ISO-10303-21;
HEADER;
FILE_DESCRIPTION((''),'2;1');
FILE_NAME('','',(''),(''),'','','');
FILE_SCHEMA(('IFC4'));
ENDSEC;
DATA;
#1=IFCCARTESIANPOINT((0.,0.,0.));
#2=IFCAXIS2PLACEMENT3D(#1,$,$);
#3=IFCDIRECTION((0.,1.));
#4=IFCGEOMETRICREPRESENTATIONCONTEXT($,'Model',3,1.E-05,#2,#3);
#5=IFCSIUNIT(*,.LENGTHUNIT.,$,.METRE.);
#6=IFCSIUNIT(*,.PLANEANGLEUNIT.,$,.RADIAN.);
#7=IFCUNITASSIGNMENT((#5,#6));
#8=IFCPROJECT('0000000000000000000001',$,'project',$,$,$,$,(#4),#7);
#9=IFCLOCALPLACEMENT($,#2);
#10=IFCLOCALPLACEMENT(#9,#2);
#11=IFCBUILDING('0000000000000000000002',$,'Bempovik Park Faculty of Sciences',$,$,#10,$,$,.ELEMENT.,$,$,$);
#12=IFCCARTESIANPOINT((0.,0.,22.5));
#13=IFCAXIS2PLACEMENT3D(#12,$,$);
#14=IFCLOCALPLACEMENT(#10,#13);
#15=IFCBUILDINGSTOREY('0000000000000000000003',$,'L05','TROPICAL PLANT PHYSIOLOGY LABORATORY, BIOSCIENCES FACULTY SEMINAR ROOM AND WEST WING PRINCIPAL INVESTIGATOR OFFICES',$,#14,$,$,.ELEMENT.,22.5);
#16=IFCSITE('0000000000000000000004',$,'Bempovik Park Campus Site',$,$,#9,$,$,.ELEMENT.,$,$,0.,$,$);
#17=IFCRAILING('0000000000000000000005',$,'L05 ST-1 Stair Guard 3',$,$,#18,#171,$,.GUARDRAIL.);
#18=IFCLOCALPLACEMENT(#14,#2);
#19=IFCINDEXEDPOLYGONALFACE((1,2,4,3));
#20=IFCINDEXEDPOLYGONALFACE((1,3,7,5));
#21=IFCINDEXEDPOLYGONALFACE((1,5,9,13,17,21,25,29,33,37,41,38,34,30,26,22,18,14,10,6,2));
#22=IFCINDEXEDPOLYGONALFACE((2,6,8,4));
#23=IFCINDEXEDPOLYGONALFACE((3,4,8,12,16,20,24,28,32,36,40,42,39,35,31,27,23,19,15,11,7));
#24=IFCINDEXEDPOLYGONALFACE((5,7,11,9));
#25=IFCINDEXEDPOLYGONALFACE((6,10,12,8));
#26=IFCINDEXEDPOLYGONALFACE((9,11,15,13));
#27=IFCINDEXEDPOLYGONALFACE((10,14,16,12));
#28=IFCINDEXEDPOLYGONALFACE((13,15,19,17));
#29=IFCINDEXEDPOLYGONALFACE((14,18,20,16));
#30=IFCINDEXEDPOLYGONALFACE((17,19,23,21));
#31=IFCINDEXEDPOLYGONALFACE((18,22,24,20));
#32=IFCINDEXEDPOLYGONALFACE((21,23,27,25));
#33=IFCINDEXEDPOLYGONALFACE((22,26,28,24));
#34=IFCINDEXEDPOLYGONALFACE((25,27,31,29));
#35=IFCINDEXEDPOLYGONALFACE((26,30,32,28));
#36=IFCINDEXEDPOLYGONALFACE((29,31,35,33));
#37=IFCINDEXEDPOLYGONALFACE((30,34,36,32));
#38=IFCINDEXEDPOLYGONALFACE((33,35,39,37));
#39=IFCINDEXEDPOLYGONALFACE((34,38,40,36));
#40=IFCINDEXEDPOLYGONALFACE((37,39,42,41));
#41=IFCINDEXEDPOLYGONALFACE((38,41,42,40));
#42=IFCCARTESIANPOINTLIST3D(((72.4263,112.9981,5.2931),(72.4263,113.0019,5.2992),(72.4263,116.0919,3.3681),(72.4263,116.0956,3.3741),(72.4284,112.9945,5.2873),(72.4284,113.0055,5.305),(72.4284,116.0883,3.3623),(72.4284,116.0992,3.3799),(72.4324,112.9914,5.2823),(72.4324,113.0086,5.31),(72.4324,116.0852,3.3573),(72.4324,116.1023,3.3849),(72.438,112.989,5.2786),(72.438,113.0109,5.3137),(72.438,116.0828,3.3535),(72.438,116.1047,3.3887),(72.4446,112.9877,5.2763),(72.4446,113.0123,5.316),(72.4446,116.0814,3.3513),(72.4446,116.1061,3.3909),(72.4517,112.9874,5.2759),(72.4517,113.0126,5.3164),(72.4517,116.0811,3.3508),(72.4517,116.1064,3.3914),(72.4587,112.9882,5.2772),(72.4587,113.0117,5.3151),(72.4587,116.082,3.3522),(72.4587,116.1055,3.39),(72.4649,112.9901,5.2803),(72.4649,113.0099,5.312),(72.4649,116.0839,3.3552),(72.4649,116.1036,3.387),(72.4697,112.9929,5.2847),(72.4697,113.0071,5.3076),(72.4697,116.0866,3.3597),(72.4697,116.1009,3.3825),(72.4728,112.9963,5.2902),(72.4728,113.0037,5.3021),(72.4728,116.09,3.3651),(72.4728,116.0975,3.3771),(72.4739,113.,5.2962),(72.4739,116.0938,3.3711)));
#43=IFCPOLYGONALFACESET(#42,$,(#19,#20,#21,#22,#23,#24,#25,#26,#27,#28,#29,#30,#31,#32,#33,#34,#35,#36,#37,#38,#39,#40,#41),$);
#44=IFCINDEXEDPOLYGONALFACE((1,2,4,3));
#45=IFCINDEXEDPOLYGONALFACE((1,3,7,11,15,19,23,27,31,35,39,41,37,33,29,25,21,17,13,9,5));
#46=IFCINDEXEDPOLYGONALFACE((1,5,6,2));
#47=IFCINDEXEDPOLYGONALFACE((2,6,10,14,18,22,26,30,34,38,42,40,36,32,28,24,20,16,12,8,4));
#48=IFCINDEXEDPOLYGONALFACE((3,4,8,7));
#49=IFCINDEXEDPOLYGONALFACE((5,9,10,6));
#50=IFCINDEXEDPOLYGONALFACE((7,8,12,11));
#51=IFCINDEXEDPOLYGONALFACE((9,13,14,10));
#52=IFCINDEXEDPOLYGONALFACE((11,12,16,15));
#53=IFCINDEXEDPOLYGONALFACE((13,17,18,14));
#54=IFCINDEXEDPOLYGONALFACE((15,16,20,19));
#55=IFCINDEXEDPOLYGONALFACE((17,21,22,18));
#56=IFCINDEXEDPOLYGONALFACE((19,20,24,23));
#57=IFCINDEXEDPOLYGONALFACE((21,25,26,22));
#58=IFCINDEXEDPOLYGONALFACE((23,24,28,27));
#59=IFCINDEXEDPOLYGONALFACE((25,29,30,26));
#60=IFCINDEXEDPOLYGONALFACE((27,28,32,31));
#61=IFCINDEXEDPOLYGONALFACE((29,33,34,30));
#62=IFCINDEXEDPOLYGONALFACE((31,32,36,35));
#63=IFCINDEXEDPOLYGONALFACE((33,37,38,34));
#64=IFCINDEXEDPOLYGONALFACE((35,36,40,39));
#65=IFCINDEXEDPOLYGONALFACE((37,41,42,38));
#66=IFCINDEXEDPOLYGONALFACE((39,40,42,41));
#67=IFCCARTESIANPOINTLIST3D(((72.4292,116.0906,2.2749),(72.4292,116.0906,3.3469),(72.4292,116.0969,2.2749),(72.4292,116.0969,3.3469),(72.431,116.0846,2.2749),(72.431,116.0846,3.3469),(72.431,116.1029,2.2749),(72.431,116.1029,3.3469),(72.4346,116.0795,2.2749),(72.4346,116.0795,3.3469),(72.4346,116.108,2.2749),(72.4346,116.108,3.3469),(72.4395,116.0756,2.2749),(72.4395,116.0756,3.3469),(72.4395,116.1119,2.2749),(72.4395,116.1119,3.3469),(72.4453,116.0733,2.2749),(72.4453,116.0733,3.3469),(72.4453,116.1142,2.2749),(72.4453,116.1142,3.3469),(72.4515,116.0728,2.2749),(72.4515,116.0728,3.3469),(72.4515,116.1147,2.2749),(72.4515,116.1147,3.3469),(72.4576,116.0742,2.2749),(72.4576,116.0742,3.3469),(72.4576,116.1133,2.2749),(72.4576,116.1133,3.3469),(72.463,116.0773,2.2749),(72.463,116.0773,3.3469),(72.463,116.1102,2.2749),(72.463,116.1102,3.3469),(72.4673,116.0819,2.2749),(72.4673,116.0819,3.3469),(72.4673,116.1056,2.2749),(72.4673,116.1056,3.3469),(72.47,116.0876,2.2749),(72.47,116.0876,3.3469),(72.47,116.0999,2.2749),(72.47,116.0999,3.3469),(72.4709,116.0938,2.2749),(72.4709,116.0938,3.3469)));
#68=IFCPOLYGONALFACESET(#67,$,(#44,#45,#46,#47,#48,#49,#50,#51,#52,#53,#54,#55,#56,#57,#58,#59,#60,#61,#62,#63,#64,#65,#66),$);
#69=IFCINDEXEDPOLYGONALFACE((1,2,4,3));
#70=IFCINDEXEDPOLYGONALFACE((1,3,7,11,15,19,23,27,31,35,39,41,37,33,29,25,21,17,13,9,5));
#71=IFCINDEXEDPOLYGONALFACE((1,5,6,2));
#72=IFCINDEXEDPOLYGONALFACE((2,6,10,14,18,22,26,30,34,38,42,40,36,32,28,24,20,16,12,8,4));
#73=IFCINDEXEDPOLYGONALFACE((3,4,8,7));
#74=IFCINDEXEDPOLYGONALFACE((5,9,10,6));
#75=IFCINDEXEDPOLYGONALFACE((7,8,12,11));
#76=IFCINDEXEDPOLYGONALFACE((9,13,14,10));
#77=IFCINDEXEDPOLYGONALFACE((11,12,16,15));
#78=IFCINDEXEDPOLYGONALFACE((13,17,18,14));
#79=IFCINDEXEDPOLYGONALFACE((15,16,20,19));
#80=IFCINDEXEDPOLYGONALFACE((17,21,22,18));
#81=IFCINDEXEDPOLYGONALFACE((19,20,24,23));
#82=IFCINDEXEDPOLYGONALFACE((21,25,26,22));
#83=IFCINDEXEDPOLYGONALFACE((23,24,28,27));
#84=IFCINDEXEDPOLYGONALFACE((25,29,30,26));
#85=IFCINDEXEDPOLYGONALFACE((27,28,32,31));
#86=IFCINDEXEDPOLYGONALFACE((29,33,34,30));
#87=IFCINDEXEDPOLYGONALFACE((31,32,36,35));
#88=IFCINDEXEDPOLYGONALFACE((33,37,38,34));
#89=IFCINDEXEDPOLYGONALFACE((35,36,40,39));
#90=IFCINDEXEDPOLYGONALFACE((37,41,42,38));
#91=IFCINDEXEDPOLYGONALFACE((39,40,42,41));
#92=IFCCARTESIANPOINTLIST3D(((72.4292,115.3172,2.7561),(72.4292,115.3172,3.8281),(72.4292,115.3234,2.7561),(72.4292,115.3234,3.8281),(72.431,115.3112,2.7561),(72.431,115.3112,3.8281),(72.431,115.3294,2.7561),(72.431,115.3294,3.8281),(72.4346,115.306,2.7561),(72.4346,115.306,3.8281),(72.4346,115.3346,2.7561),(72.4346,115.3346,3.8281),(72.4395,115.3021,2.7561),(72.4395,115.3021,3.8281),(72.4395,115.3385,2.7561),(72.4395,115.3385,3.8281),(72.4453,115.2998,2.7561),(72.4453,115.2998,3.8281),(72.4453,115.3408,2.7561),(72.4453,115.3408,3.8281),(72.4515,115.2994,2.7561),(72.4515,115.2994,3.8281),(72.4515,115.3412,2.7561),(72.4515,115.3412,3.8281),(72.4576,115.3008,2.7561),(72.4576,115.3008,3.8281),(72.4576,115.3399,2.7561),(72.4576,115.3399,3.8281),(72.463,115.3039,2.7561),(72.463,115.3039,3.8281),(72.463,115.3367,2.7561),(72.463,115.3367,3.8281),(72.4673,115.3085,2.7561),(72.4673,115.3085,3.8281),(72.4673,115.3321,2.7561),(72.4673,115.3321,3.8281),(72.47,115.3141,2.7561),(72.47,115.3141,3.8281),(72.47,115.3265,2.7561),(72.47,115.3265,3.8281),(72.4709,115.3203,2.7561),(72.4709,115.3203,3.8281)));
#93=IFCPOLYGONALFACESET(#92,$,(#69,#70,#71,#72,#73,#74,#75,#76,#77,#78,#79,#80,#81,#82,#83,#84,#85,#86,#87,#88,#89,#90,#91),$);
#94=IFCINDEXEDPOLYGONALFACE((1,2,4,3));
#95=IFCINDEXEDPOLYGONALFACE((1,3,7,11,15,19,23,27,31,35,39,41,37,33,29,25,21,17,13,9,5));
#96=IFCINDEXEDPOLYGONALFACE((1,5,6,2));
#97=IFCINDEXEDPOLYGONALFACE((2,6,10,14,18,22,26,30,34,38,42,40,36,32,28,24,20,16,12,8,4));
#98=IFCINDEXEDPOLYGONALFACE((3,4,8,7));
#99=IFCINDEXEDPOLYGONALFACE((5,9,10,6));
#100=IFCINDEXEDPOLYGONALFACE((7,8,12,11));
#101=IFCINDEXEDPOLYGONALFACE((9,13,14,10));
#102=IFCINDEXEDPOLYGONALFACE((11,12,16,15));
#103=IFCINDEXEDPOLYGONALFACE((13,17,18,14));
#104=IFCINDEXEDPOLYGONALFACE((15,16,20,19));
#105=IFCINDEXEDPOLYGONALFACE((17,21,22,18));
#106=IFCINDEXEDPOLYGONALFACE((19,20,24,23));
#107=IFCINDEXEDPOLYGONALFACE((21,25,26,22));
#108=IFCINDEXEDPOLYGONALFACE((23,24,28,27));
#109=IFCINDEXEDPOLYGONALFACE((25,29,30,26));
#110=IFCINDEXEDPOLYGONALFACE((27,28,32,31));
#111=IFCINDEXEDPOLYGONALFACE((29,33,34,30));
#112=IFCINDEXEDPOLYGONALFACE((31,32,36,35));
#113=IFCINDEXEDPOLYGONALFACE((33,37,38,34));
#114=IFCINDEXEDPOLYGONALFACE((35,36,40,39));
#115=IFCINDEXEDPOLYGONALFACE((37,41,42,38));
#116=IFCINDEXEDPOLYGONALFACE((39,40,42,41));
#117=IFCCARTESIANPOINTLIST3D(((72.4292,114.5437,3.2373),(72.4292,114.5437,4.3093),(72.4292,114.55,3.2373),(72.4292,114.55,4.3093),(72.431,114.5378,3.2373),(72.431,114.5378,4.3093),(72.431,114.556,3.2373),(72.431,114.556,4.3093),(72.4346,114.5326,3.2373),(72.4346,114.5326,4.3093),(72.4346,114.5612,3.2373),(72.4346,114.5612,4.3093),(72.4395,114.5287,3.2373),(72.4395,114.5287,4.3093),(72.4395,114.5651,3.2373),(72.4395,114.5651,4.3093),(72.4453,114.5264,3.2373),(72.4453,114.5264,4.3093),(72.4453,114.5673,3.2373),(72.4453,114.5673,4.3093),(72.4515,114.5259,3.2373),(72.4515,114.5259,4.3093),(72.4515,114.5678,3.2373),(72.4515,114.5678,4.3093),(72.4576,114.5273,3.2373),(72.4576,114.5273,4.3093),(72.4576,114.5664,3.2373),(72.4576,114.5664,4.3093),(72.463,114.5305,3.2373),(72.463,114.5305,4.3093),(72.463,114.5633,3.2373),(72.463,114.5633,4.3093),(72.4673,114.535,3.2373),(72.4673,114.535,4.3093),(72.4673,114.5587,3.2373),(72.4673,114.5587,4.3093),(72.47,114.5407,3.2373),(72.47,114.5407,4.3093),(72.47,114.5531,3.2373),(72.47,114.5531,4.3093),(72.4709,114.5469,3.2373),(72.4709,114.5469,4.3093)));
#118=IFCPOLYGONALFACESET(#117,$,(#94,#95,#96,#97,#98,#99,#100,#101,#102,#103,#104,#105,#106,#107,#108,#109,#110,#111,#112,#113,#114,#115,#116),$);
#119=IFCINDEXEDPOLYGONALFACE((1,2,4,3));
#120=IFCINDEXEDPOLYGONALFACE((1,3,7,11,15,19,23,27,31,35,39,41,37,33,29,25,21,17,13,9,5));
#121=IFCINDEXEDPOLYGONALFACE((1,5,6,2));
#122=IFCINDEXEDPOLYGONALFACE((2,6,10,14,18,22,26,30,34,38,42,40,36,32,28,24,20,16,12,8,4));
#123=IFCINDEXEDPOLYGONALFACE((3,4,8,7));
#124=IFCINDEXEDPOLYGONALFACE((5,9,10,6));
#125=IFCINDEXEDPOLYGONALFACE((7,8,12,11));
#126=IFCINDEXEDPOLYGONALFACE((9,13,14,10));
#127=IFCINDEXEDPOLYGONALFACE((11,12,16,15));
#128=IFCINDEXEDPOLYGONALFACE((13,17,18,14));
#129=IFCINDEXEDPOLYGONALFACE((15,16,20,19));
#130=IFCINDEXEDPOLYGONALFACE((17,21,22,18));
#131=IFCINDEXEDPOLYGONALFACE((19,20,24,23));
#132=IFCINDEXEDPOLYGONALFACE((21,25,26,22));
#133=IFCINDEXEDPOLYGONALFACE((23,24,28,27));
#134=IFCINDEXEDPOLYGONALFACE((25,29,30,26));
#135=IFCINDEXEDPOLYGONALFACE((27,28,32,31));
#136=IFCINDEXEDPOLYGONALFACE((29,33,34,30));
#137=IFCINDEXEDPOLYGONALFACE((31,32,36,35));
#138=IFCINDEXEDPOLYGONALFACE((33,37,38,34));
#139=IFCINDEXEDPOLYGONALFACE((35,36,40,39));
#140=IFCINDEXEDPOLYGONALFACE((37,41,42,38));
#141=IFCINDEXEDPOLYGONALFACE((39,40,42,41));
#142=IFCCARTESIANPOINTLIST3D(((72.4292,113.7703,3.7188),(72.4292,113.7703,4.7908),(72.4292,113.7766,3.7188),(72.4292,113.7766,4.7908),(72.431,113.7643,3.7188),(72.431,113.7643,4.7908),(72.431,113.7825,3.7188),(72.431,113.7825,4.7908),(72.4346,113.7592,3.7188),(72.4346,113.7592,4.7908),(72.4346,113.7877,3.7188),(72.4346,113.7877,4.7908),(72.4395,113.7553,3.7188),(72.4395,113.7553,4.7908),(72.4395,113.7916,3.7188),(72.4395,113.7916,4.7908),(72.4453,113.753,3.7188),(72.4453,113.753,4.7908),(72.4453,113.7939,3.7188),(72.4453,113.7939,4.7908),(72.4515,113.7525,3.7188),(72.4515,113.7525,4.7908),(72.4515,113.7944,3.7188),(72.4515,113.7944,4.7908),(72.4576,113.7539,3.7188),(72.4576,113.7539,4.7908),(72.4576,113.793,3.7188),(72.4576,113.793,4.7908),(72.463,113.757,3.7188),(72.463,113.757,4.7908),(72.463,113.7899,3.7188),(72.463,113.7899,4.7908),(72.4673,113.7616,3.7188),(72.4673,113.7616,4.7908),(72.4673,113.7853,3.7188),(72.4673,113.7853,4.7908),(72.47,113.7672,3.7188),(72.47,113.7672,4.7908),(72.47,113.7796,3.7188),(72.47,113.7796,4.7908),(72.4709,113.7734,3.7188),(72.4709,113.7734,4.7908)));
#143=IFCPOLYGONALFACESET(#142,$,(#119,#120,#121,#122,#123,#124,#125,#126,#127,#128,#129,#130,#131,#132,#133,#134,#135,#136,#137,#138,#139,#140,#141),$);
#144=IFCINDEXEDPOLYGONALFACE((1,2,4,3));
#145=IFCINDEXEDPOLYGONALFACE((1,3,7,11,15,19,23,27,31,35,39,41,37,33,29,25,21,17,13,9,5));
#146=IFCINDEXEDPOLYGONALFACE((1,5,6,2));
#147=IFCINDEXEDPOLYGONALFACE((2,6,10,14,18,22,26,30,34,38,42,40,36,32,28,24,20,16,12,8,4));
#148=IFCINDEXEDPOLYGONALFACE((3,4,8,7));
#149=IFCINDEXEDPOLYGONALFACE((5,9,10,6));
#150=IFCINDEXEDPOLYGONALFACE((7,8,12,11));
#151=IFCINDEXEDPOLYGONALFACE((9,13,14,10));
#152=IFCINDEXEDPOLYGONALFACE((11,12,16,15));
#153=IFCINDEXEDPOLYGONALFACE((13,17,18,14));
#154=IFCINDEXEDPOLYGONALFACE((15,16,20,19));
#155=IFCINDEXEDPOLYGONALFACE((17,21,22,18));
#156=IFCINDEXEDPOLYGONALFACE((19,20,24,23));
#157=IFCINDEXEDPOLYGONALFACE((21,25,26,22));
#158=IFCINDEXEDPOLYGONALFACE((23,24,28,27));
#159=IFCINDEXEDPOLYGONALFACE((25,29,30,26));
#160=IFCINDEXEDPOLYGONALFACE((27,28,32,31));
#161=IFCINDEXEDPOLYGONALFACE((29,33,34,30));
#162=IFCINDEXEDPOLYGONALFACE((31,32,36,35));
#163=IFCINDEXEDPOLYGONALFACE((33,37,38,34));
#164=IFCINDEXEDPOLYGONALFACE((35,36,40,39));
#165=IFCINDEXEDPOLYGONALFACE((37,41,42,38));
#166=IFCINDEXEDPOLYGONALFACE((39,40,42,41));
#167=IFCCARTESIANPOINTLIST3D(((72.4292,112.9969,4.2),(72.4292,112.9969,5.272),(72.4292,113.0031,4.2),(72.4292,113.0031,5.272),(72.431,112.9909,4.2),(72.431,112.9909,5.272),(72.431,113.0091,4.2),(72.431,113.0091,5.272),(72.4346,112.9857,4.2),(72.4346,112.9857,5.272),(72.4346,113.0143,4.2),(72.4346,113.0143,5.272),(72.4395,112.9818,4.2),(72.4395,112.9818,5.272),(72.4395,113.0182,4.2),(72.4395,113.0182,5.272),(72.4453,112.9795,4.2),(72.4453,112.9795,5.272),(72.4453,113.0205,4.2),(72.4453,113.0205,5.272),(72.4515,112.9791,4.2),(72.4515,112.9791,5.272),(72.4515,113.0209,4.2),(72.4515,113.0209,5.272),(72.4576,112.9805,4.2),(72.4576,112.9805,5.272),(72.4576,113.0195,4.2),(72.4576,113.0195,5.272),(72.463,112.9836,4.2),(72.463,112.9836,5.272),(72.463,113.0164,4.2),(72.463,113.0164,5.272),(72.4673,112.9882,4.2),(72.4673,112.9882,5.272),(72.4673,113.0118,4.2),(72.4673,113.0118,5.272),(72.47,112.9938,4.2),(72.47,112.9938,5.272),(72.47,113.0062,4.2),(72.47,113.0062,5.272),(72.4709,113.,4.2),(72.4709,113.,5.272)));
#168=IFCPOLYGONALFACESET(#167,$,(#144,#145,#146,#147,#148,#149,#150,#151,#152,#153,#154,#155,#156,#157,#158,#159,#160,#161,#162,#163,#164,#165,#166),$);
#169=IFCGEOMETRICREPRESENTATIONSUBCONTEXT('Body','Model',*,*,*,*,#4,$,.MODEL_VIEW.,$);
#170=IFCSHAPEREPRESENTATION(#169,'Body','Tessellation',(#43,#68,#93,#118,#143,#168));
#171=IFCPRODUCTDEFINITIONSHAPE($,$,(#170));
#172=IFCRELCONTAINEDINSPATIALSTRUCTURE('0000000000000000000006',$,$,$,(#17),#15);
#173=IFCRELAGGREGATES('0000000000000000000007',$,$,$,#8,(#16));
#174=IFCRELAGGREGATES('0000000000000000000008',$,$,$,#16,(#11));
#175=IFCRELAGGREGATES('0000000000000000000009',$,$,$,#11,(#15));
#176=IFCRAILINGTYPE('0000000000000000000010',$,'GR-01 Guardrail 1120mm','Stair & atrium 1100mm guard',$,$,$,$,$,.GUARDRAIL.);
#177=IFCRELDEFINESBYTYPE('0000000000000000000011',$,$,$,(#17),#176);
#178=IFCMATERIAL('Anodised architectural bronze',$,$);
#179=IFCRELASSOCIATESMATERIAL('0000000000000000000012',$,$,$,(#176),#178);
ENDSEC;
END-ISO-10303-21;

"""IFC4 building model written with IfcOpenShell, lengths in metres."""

from ifc_helpers import new_model, si_unit, direction, frame, origin, origin_2d, place, context, subcontext, project, spatial, circle, extrude, material, type_object, element, save


model = new_model("IFC4")

# Units and contexts
model_context = context("Model", 3, precision=1e-05, world=origin(), true_north=direction((0.0, 1.0)))
body_context = subcontext(model_context, "Body", "Model", "MODEL_VIEW")
ifc_project = project(units=[si_unit("LENGTHUNIT", "METRE"), si_unit("PLANEANGLEUNIT", "RADIAN")], contexts=[model_context])

# Site, building, storey
site_placement = place(None, origin())
site = spatial("IfcSite", under=ifc_project, at=site_placement, Name="Bempovik Park Campus Site", CompositionType="ELEMENT", RefElevation=0.0)
building_placement = place(site_placement, origin())
building = spatial("IfcBuilding", under=site, at=building_placement, Name="Bempovik Park Faculty of Sciences", CompositionType="ELEMENT")
storey_placement = place(building_placement, frame((0.0, 0.0, 22.5)))
storey = spatial("IfcBuildingStorey", under=building, at=storey_placement, Name="L05", Description="TROPICAL PLANT PHYSIOLOGY LABORATORY, BIOSCIENCES FACULTY SEMINAR ROOM AND WEST WING PRINCIPAL INVESTIGATOR OFFICES", CompositionType="ELEMENT", Elevation=22.5)

# Railing
ifc_material_1 = material(Name="Anodised architectural bronze")
railing_type_1 = type_object("IfcRailingType", Name="GR-01 Guardrail 1120mm", Description="Stair & atrium 1100mm guard", PredefinedType="GUARDRAIL", material=ifc_material_1)
railing_1_placement = place(storey_placement, frame((72.45, 116.0938, 2.2749)))
element("IfcRailing", 1, at=railing_1_placement, inside=storey, type_object=railing_type_1, Name="L05 ST-1 Stair Guard 3", PredefinedType="GUARDRAIL", context=body_context, shape_type="SweptSolid", body=[
    extrude(circle(Radius=0.0239, at=origin_2d()), frame((0.0, 0.0, 1.0962), z_axis=(0.0, -0.849051, 0.528312), x_axis=(1.0, 0.0, 0.0)), (0.0, 0.0, 1.0), 3.6438),
    extrude(circle(Radius=0.021, at=origin_2d()), origin(), (0.0, 0.0, 1.0), 1.072),
    extrude(circle(Radius=0.021, at=origin_2d()), frame((0.0, -0.7734, 0.4812)), (0.0, 0.0, 1.0), 1.072),
    extrude(circle(Radius=0.021, at=origin_2d()), frame((0.0, -1.5469, 0.9624)), (0.0, 0.0, 1.0), 1.072),
    extrude(circle(Radius=0.021, at=origin_2d()), frame((0.0, -2.3203, 1.4438)), (0.0, 0.0, 1.0), 1.072),
    extrude(circle(Radius=0.021, at=origin_2d()), frame((0.0, -3.0938, 1.925)), (0.0, 0.0, 1.0), 1.072),
])

save(model, "model.ifc")
